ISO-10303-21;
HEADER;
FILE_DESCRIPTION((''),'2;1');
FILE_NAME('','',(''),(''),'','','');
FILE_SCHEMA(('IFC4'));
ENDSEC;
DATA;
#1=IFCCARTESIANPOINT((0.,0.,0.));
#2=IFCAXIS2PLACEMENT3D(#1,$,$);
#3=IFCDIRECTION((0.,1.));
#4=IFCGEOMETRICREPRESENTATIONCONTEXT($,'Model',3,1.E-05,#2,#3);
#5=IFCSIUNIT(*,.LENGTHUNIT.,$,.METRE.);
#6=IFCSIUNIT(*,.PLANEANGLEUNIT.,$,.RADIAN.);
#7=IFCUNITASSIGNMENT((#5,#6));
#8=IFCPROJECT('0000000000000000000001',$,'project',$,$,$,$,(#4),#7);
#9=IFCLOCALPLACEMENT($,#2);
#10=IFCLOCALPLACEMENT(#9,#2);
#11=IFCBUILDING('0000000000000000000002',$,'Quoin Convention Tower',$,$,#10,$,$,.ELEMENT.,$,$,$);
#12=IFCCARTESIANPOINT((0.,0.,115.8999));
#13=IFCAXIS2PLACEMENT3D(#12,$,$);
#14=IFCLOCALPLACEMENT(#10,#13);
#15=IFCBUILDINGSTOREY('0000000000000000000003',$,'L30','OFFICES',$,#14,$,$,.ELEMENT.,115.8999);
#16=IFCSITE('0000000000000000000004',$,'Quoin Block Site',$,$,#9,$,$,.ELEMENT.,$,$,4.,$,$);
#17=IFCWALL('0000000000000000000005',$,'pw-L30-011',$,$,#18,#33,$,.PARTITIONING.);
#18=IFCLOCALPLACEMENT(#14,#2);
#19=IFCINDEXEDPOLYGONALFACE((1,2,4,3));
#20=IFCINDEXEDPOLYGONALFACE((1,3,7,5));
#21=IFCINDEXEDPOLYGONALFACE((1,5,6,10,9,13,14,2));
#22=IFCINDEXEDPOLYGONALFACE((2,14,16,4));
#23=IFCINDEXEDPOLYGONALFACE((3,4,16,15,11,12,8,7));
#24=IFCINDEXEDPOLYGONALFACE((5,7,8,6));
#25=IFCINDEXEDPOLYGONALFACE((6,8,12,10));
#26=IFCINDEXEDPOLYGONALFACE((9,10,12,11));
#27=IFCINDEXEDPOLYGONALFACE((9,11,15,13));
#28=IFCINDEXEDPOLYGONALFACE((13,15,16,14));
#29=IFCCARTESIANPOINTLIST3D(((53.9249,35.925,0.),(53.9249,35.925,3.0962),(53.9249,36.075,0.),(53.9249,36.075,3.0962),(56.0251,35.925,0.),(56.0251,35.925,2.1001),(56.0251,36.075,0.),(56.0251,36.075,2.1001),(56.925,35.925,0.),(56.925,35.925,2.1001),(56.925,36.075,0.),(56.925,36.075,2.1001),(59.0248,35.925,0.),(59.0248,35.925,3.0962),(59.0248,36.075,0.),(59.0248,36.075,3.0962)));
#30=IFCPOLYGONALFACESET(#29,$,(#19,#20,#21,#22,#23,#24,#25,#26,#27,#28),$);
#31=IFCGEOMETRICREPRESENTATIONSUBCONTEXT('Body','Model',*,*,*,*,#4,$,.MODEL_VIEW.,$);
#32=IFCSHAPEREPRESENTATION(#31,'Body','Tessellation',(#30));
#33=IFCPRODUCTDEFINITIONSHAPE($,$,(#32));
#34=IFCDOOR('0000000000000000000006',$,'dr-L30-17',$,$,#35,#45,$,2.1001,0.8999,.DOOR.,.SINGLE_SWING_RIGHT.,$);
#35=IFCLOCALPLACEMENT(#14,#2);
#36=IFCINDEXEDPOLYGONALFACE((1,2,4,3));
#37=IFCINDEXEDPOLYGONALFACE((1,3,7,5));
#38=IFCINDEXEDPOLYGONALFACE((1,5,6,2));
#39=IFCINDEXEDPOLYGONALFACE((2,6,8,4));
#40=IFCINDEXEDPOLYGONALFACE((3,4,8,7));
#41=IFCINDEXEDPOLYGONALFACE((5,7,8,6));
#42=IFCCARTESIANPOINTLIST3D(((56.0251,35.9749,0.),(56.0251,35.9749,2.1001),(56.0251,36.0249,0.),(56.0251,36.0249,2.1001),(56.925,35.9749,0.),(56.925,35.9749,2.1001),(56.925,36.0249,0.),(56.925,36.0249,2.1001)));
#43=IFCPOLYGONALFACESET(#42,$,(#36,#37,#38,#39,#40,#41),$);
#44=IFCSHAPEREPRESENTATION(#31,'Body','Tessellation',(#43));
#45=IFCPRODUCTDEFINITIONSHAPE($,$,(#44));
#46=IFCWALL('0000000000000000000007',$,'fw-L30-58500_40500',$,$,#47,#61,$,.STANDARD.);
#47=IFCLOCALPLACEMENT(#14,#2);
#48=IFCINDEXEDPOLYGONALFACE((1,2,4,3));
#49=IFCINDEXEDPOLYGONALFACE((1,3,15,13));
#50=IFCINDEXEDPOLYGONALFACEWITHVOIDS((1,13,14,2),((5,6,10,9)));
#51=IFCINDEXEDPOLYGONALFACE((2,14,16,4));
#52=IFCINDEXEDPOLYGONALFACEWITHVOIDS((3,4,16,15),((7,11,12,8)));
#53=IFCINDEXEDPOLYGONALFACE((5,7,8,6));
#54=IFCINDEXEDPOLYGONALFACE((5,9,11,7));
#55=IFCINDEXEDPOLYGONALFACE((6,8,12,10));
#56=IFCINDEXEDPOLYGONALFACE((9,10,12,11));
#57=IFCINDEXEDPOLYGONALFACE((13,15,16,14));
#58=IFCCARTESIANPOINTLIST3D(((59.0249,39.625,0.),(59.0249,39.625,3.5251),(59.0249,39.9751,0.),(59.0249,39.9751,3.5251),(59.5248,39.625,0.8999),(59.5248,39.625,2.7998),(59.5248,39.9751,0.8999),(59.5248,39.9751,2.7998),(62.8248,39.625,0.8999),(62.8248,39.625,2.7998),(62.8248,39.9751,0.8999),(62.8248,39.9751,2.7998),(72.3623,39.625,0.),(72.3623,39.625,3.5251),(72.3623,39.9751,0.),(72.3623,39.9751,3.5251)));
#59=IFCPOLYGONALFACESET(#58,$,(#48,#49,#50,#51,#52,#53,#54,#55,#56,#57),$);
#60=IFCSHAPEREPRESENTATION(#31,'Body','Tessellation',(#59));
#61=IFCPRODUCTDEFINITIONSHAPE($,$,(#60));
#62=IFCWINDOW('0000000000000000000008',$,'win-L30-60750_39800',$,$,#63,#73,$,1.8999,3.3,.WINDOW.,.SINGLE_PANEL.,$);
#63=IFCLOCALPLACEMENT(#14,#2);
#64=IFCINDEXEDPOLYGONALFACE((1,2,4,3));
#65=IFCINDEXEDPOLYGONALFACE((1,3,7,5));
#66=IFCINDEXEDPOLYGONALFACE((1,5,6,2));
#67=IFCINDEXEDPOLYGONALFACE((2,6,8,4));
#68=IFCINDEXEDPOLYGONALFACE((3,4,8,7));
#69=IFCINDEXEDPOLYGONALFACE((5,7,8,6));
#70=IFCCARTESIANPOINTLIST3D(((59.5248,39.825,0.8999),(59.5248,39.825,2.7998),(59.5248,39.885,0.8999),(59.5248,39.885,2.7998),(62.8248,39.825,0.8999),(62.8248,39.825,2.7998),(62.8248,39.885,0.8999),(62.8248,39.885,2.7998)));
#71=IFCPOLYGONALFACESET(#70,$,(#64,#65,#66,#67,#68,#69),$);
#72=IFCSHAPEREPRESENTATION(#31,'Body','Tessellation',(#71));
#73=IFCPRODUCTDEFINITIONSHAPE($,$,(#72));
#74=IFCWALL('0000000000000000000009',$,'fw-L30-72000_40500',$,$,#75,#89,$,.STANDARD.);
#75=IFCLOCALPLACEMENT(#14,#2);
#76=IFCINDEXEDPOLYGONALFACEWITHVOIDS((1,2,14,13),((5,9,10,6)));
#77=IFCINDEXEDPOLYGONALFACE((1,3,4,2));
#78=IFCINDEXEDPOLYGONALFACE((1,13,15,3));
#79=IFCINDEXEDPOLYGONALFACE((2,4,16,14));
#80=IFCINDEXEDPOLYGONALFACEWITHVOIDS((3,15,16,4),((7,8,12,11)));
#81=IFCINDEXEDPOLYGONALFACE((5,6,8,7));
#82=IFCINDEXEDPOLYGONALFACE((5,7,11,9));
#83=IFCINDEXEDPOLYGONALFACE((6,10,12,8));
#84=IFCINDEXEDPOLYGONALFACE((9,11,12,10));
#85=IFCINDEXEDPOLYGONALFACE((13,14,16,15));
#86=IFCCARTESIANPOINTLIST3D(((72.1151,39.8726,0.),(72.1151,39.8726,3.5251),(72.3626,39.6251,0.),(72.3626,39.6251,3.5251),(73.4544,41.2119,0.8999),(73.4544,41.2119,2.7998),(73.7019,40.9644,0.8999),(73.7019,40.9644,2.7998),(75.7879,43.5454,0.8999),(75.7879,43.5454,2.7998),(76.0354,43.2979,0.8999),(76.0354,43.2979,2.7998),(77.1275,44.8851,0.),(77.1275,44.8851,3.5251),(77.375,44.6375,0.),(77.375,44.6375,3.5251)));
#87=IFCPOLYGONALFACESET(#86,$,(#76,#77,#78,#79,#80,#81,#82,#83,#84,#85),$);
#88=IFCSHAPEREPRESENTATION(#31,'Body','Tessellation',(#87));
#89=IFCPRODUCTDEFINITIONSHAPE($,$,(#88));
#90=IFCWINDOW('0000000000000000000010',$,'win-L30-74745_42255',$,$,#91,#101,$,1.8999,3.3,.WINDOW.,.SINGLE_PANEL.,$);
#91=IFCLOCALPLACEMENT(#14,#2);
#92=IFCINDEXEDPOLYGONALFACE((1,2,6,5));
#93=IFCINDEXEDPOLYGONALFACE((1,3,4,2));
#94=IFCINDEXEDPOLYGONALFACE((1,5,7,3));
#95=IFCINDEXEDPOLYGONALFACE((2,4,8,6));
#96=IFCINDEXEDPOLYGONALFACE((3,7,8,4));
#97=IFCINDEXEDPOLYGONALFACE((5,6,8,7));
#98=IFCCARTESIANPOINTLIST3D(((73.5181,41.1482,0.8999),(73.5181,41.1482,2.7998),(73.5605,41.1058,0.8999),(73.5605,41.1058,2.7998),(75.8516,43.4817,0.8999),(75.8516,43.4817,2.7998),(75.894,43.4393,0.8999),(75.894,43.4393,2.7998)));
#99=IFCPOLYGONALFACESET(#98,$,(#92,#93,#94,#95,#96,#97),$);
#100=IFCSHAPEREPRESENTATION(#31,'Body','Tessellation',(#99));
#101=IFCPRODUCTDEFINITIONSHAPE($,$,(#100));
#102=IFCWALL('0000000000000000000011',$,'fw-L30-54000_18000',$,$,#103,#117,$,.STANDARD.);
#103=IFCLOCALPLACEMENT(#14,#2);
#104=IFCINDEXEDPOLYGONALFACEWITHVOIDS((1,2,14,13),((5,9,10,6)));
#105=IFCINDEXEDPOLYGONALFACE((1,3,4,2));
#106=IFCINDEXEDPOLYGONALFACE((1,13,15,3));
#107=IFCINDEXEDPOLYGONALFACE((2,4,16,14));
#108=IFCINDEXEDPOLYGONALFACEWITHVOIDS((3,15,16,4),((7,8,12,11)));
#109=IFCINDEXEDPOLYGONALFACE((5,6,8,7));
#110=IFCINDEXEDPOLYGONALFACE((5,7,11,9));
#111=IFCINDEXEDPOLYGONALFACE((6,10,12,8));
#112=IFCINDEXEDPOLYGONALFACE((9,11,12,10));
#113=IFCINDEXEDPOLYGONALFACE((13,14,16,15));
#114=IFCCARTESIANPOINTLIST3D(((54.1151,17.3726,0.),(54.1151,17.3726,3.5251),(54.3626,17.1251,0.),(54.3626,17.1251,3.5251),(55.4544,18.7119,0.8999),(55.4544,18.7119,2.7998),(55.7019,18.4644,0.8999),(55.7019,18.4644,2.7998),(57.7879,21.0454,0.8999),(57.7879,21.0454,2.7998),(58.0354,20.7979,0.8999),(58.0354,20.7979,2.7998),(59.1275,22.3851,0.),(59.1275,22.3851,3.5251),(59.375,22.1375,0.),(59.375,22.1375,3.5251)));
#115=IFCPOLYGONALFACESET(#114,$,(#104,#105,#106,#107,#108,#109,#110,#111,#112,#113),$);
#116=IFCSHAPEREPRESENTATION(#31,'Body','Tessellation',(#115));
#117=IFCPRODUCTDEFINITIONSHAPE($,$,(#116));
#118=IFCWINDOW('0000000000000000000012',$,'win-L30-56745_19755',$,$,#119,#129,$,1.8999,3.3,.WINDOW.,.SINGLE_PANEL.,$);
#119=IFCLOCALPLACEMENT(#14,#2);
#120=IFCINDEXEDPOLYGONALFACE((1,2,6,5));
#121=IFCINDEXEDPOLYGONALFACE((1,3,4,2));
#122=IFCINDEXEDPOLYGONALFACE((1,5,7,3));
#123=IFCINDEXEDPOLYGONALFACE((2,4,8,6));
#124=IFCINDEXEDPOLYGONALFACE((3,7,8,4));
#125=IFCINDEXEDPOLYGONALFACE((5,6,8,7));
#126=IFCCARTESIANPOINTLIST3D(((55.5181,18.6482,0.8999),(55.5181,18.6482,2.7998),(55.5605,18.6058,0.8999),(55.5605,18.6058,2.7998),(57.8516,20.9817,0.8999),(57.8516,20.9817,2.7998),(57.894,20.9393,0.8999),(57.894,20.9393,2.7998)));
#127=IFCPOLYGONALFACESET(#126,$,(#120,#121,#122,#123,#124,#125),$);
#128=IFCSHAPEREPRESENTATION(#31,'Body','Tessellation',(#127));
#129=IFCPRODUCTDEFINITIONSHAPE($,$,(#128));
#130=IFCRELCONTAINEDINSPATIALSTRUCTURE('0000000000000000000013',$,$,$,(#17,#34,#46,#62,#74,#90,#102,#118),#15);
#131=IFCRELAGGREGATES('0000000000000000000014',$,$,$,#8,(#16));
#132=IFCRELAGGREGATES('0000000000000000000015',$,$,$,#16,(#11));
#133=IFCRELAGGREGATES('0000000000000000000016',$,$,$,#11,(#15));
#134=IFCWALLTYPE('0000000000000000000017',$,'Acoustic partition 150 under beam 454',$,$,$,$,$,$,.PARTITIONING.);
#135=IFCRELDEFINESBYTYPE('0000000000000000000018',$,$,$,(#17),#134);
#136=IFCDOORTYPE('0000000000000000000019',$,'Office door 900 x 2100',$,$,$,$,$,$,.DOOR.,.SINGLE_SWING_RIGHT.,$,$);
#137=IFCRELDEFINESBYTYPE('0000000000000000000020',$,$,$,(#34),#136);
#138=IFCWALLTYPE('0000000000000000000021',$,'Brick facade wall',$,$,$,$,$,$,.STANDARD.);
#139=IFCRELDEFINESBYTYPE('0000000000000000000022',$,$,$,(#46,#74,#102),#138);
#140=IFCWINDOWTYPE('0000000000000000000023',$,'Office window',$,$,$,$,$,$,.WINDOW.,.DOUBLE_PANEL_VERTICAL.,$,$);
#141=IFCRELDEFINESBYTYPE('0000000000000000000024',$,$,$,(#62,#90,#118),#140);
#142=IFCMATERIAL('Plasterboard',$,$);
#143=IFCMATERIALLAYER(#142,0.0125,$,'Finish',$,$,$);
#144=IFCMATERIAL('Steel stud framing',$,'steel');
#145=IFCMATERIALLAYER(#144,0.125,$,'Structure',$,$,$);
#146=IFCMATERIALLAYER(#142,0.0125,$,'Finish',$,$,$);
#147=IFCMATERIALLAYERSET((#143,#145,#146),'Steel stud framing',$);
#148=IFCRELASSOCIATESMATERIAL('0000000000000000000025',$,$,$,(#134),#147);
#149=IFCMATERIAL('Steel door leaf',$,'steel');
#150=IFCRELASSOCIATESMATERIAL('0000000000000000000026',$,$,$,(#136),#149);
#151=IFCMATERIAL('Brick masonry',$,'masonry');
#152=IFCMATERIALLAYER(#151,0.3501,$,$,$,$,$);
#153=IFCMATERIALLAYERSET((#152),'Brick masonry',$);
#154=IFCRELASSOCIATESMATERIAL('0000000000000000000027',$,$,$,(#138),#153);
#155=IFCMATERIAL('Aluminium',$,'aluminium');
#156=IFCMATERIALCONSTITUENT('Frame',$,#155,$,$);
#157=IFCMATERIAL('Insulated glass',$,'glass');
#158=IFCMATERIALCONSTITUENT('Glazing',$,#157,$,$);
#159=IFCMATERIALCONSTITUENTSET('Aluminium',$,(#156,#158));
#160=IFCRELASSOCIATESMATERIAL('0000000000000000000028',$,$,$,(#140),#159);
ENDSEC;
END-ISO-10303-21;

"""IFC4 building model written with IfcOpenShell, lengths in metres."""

from ifc_helpers import new_model, si_unit, direction, frame, frame_2d, origin, place, context, subcontext, project, spatial, rectangle, extrude, material, layer, layer_set, constituent, constituent_set, type_object, element, fill, save


model = new_model("IFC4")

# Units and contexts
model_context = context("Model", 3, precision=1e-05, world=origin(), true_north=direction((0.0, 1.0)))
body_context = subcontext(model_context, "Body", "Model", "MODEL_VIEW")
ifc_project = project(units=[si_unit("LENGTHUNIT", "METRE"), si_unit("PLANEANGLEUNIT", "RADIAN")], contexts=[model_context])

# Site, building, storey
site_placement = place(None, origin())
site = spatial("IfcSite", under=ifc_project, at=site_placement, Name="Quoin Block Site", CompositionType="ELEMENT", RefElevation=4.0)
building_placement = place(site_placement, origin())
building = spatial("IfcBuilding", under=site, at=building_placement, Name="Quoin Convention Tower", CompositionType="ELEMENT")
storey_placement = place(building_placement, frame((0.0, 0.0, 115.8999)))
storey = spatial("IfcBuildingStorey", under=building, at=storey_placement, Name="L30", Description="OFFICES", CompositionType="ELEMENT", Elevation=115.8999)

# Shared definitions
ifc_material_1 = material(Name="Plasterboard")
ifc_material_2 = material(Name="Steel stud framing", Category="steel")

# Wall, opening, door
ifc_layer_1 = layer(ifc_material_1, 0.0125, Name="Finish")
ifc_layer_2 = layer(ifc_material_2, 0.125, Name="Structure")
ifc_layer_3 = layer(ifc_material_1, 0.0125, Name="Finish")
ifc_layer_set_1 = layer_set([ifc_layer_1, ifc_layer_2, ifc_layer_3], Name="Steel stud framing")
wall_type_1 = type_object("IfcWallType", Name="Acoustic partition 150 under beam 454", PredefinedType="PARTITIONING", material=ifc_layer_set_1)
wall_1_placement = place(storey_placement, frame((53.925, 36.0, 0.0), z_axis=(0.0, 0.0, 1.0), x_axis=(1.0, 0.0, 0.0)))
wall_1 = element("IfcWall", 1, at=wall_1_placement, inside=storey, type_object=wall_type_1, Name="pw-L30-011", PredefinedType="PARTITIONING", context=body_context, shape_type="SweptSolid", body=[
    extrude(rectangle(XDim=5.0999, YDim=0.1499, at=frame_2d((2.5498, 0.0))), origin(), (0.0, 0.0, 1.0), 3.0962),
])
opening_1_placement = place(wall_1_placement, frame((2.1001, 0.0, 0.0)))
opening_1 = element("IfcOpeningElement", 2, at=opening_1_placement, cuts=wall_1, PredefinedType="OPENING", context=body_context, shape_type="SweptSolid", body=[
    extrude(rectangle(XDim=0.8999, YDim=2.1001, at=frame_2d((0.45, 1.05))), frame((0.0, 0.085, 0.0), z_axis=(0.0, -1.0, 0.0), x_axis=(1.0, 0.0, 0.0)), (0.0, 0.0, 1.0), 0.1699),
])
ifc_material_3 = material(Name="Steel door leaf", Category="steel")
door_type = type_object("IfcDoorType", Name="Office door 900 x 2100", OperationType="SINGLE_SWING_RIGHT", PredefinedType="DOOR", material=ifc_material_3)
door_1_placement = place(opening_1_placement, origin())
door_1 = element("IfcDoor", 3, at=door_1_placement, inside=storey, type_object=door_type, Name="dr-L30-17", OperationType="SINGLE_SWING_RIGHT", OverallHeight=2.1001, OverallWidth=0.8999, PredefinedType="DOOR", context=body_context, shape_type="SweptSolid", body=[
    extrude(rectangle(XDim=0.8999, YDim=2.1001, at=frame_2d((0.45, 1.05))), frame((0.0, 0.0249, 0.0), z_axis=(0.0, -1.0, 0.0), x_axis=(1.0, 0.0, 0.0)), (0.0, 0.0, 1.0), 0.05),
])
fill(opening_1, door_1)

# Walls, openings, windows
ifc_material_4 = material(Name="Brick masonry", Category="masonry")
ifc_layer_4 = layer(ifc_material_4, 0.3501)
ifc_layer_set_2 = layer_set([ifc_layer_4], Name="Brick masonry")
wall_type_2 = type_object("IfcWallType", Name="Brick facade wall", PredefinedType="STANDARD", material=ifc_layer_set_2)
wall_2_placement = place(storey_placement, frame((59.0249, 39.8, 0.0), z_axis=(0.0, 0.0, 1.0), x_axis=(1.0, 0.0, 0.0)))
wall_2 = element("IfcWall", 4, at=wall_2_placement, inside=storey, type_object=wall_type_2, Name="fw-L30-58500_40500", PredefinedType="STANDARD", context=body_context, shape_type="SweptSolid", body=[
    extrude(rectangle(XDim=13.3374, YDim=0.3501, at=frame_2d((6.6687, 0.0))), origin(), (0.0, 0.0, 1.0), 3.5251),
])
opening_2_placement = place(wall_2_placement, frame((0.5, 0.0, 0.8999)))
opening_2 = element("IfcOpeningElement", 5, at=opening_2_placement, cuts=wall_2, PredefinedType="OPENING", context=body_context, shape_type="SweptSolid", body=[
    extrude(rectangle(XDim=3.3, YDim=1.8999, at=frame_2d((1.6499, 0.95))), frame((0.0, 0.1851, 0.0), z_axis=(0.0, -1.0, 0.0), x_axis=(1.0, 0.0, 0.0)), (0.0, 0.0, 1.0), 0.3701),
])
ifc_material_5 = material(Name="Aluminium", Category="aluminium")
ifc_constituent_1 = constituent(ifc_material_5, Name="Frame")
ifc_material_6 = material(Name="Insulated glass", Category="glass")
ifc_constituent_2 = constituent(ifc_material_6, Name="Glazing")
ifc_constituent_set = constituent_set(constituents=[ifc_constituent_1, ifc_constituent_2], Name="Aluminium")
window_type = type_object("IfcWindowType", Name="Office window", PartitioningType="DOUBLE_PANEL_VERTICAL", PredefinedType="WINDOW", material=ifc_constituent_set)
window_1_placement = place(opening_2_placement, origin())
window_1 = element("IfcWindow", 6, at=window_1_placement, inside=storey, type_object=window_type, Name="win-L30-60750_39800", OverallHeight=1.8999, OverallWidth=3.3, PartitioningType="SINGLE_PANEL", PredefinedType="WINDOW", context=body_context, shape_type="SweptSolid", body=[
    extrude(rectangle(XDim=3.3, YDim=1.8999, at=frame_2d((1.6499, 0.95))), frame((0.0, 0.085, 0.0), z_axis=(0.0, -1.0, 0.0), x_axis=(1.0, 0.0, 0.0)), (0.0, 0.0, 1.0), 0.0601),
])
fill(opening_2, window_1)
wall_3_placement = place(storey_placement, frame((72.2388, 39.7488, 0.0), z_axis=(0.0, 0.0, 1.0), x_axis=(0.707107, 0.707107, 0.0)))
wall_3 = element("IfcWall", 7, at=wall_3_placement, inside=storey, type_object=wall_type_2, Name="fw-L30-72000_40500", PredefinedType="STANDARD", context=body_context, shape_type="SweptSolid", body=[
    extrude(rectangle(XDim=7.0886, YDim=0.3501, at=frame_2d((3.5444, 0.0))), origin(), (0.0, 0.0, 1.0), 3.5251),
])
opening_3_placement = place(wall_3_placement, frame((1.8943, 0.0, 0.8999)))
opening_3 = element("IfcOpeningElement", 8, at=opening_3_placement, cuts=wall_3, PredefinedType="OPENING", context=body_context, shape_type="SweptSolid", body=[
    extrude(rectangle(XDim=3.3, YDim=1.8999, at=frame_2d((1.6499, 0.95))), frame((0.0, 0.1851, 0.0), z_axis=(0.0, -1.0, 0.0), x_axis=(1.0, 0.0, 0.0)), (0.0, 0.0, 1.0), 0.3701),
])
window_2_placement = place(opening_3_placement, origin())
window_2 = element("IfcWindow", 9, at=window_2_placement, inside=storey, type_object=window_type, Name="win-L30-74745_42255", OverallHeight=1.8999, OverallWidth=3.3, PartitioningType="SINGLE_PANEL", PredefinedType="WINDOW", context=body_context, shape_type="SweptSolid", body=[
    extrude(rectangle(XDim=3.3, YDim=1.8999, at=frame_2d((1.6499, 0.95))), frame((0.0, 0.085, 0.0), z_axis=(0.0, -1.0, 0.0), x_axis=(1.0, 0.0, 0.0)), (0.0, 0.0, 1.0), 0.0601),
])
fill(opening_3, window_2)
wall_4_placement = place(storey_placement, frame((54.2388, 17.2488, 0.0), z_axis=(0.0, 0.0, 1.0), x_axis=(0.707107, 0.707107, 0.0)))
wall_4 = element("IfcWall", 10, at=wall_4_placement, inside=storey, type_object=wall_type_2, Name="fw-L30-54000_18000", PredefinedType="STANDARD", context=body_context, shape_type="SweptSolid", body=[
    extrude(rectangle(XDim=7.0886, YDim=0.3501, at=frame_2d((3.5444, 0.0))), origin(), (0.0, 0.0, 1.0), 3.5251),
])
opening_4_placement = place(wall_4_placement, frame((1.8943, 0.0, 0.8999)))
opening_4 = element("IfcOpeningElement", 11, at=opening_4_placement, cuts=wall_4, PredefinedType="OPENING", context=body_context, shape_type="SweptSolid", body=[
    extrude(rectangle(XDim=3.3, YDim=1.8999, at=frame_2d((1.6499, 0.95))), frame((0.0, 0.1851, 0.0), z_axis=(0.0, -1.0, 0.0), x_axis=(1.0, 0.0, 0.0)), (0.0, 0.0, 1.0), 0.3701),
])
window_3_placement = place(opening_4_placement, origin())
window_3 = element("IfcWindow", 12, at=window_3_placement, inside=storey, type_object=window_type, Name="win-L30-56745_19755", OverallHeight=1.8999, OverallWidth=3.3, PartitioningType="SINGLE_PANEL", PredefinedType="WINDOW", context=body_context, shape_type="SweptSolid", body=[
    extrude(rectangle(XDim=3.3, YDim=1.8999, at=frame_2d((1.6499, 0.95))), frame((0.0, 0.085, 0.0), z_axis=(0.0, -1.0, 0.0), x_axis=(1.0, 0.0, 0.0)), (0.0, 0.0, 1.0), 0.0601),
])
fill(opening_4, window_3)

save(model, "model.ifc")
